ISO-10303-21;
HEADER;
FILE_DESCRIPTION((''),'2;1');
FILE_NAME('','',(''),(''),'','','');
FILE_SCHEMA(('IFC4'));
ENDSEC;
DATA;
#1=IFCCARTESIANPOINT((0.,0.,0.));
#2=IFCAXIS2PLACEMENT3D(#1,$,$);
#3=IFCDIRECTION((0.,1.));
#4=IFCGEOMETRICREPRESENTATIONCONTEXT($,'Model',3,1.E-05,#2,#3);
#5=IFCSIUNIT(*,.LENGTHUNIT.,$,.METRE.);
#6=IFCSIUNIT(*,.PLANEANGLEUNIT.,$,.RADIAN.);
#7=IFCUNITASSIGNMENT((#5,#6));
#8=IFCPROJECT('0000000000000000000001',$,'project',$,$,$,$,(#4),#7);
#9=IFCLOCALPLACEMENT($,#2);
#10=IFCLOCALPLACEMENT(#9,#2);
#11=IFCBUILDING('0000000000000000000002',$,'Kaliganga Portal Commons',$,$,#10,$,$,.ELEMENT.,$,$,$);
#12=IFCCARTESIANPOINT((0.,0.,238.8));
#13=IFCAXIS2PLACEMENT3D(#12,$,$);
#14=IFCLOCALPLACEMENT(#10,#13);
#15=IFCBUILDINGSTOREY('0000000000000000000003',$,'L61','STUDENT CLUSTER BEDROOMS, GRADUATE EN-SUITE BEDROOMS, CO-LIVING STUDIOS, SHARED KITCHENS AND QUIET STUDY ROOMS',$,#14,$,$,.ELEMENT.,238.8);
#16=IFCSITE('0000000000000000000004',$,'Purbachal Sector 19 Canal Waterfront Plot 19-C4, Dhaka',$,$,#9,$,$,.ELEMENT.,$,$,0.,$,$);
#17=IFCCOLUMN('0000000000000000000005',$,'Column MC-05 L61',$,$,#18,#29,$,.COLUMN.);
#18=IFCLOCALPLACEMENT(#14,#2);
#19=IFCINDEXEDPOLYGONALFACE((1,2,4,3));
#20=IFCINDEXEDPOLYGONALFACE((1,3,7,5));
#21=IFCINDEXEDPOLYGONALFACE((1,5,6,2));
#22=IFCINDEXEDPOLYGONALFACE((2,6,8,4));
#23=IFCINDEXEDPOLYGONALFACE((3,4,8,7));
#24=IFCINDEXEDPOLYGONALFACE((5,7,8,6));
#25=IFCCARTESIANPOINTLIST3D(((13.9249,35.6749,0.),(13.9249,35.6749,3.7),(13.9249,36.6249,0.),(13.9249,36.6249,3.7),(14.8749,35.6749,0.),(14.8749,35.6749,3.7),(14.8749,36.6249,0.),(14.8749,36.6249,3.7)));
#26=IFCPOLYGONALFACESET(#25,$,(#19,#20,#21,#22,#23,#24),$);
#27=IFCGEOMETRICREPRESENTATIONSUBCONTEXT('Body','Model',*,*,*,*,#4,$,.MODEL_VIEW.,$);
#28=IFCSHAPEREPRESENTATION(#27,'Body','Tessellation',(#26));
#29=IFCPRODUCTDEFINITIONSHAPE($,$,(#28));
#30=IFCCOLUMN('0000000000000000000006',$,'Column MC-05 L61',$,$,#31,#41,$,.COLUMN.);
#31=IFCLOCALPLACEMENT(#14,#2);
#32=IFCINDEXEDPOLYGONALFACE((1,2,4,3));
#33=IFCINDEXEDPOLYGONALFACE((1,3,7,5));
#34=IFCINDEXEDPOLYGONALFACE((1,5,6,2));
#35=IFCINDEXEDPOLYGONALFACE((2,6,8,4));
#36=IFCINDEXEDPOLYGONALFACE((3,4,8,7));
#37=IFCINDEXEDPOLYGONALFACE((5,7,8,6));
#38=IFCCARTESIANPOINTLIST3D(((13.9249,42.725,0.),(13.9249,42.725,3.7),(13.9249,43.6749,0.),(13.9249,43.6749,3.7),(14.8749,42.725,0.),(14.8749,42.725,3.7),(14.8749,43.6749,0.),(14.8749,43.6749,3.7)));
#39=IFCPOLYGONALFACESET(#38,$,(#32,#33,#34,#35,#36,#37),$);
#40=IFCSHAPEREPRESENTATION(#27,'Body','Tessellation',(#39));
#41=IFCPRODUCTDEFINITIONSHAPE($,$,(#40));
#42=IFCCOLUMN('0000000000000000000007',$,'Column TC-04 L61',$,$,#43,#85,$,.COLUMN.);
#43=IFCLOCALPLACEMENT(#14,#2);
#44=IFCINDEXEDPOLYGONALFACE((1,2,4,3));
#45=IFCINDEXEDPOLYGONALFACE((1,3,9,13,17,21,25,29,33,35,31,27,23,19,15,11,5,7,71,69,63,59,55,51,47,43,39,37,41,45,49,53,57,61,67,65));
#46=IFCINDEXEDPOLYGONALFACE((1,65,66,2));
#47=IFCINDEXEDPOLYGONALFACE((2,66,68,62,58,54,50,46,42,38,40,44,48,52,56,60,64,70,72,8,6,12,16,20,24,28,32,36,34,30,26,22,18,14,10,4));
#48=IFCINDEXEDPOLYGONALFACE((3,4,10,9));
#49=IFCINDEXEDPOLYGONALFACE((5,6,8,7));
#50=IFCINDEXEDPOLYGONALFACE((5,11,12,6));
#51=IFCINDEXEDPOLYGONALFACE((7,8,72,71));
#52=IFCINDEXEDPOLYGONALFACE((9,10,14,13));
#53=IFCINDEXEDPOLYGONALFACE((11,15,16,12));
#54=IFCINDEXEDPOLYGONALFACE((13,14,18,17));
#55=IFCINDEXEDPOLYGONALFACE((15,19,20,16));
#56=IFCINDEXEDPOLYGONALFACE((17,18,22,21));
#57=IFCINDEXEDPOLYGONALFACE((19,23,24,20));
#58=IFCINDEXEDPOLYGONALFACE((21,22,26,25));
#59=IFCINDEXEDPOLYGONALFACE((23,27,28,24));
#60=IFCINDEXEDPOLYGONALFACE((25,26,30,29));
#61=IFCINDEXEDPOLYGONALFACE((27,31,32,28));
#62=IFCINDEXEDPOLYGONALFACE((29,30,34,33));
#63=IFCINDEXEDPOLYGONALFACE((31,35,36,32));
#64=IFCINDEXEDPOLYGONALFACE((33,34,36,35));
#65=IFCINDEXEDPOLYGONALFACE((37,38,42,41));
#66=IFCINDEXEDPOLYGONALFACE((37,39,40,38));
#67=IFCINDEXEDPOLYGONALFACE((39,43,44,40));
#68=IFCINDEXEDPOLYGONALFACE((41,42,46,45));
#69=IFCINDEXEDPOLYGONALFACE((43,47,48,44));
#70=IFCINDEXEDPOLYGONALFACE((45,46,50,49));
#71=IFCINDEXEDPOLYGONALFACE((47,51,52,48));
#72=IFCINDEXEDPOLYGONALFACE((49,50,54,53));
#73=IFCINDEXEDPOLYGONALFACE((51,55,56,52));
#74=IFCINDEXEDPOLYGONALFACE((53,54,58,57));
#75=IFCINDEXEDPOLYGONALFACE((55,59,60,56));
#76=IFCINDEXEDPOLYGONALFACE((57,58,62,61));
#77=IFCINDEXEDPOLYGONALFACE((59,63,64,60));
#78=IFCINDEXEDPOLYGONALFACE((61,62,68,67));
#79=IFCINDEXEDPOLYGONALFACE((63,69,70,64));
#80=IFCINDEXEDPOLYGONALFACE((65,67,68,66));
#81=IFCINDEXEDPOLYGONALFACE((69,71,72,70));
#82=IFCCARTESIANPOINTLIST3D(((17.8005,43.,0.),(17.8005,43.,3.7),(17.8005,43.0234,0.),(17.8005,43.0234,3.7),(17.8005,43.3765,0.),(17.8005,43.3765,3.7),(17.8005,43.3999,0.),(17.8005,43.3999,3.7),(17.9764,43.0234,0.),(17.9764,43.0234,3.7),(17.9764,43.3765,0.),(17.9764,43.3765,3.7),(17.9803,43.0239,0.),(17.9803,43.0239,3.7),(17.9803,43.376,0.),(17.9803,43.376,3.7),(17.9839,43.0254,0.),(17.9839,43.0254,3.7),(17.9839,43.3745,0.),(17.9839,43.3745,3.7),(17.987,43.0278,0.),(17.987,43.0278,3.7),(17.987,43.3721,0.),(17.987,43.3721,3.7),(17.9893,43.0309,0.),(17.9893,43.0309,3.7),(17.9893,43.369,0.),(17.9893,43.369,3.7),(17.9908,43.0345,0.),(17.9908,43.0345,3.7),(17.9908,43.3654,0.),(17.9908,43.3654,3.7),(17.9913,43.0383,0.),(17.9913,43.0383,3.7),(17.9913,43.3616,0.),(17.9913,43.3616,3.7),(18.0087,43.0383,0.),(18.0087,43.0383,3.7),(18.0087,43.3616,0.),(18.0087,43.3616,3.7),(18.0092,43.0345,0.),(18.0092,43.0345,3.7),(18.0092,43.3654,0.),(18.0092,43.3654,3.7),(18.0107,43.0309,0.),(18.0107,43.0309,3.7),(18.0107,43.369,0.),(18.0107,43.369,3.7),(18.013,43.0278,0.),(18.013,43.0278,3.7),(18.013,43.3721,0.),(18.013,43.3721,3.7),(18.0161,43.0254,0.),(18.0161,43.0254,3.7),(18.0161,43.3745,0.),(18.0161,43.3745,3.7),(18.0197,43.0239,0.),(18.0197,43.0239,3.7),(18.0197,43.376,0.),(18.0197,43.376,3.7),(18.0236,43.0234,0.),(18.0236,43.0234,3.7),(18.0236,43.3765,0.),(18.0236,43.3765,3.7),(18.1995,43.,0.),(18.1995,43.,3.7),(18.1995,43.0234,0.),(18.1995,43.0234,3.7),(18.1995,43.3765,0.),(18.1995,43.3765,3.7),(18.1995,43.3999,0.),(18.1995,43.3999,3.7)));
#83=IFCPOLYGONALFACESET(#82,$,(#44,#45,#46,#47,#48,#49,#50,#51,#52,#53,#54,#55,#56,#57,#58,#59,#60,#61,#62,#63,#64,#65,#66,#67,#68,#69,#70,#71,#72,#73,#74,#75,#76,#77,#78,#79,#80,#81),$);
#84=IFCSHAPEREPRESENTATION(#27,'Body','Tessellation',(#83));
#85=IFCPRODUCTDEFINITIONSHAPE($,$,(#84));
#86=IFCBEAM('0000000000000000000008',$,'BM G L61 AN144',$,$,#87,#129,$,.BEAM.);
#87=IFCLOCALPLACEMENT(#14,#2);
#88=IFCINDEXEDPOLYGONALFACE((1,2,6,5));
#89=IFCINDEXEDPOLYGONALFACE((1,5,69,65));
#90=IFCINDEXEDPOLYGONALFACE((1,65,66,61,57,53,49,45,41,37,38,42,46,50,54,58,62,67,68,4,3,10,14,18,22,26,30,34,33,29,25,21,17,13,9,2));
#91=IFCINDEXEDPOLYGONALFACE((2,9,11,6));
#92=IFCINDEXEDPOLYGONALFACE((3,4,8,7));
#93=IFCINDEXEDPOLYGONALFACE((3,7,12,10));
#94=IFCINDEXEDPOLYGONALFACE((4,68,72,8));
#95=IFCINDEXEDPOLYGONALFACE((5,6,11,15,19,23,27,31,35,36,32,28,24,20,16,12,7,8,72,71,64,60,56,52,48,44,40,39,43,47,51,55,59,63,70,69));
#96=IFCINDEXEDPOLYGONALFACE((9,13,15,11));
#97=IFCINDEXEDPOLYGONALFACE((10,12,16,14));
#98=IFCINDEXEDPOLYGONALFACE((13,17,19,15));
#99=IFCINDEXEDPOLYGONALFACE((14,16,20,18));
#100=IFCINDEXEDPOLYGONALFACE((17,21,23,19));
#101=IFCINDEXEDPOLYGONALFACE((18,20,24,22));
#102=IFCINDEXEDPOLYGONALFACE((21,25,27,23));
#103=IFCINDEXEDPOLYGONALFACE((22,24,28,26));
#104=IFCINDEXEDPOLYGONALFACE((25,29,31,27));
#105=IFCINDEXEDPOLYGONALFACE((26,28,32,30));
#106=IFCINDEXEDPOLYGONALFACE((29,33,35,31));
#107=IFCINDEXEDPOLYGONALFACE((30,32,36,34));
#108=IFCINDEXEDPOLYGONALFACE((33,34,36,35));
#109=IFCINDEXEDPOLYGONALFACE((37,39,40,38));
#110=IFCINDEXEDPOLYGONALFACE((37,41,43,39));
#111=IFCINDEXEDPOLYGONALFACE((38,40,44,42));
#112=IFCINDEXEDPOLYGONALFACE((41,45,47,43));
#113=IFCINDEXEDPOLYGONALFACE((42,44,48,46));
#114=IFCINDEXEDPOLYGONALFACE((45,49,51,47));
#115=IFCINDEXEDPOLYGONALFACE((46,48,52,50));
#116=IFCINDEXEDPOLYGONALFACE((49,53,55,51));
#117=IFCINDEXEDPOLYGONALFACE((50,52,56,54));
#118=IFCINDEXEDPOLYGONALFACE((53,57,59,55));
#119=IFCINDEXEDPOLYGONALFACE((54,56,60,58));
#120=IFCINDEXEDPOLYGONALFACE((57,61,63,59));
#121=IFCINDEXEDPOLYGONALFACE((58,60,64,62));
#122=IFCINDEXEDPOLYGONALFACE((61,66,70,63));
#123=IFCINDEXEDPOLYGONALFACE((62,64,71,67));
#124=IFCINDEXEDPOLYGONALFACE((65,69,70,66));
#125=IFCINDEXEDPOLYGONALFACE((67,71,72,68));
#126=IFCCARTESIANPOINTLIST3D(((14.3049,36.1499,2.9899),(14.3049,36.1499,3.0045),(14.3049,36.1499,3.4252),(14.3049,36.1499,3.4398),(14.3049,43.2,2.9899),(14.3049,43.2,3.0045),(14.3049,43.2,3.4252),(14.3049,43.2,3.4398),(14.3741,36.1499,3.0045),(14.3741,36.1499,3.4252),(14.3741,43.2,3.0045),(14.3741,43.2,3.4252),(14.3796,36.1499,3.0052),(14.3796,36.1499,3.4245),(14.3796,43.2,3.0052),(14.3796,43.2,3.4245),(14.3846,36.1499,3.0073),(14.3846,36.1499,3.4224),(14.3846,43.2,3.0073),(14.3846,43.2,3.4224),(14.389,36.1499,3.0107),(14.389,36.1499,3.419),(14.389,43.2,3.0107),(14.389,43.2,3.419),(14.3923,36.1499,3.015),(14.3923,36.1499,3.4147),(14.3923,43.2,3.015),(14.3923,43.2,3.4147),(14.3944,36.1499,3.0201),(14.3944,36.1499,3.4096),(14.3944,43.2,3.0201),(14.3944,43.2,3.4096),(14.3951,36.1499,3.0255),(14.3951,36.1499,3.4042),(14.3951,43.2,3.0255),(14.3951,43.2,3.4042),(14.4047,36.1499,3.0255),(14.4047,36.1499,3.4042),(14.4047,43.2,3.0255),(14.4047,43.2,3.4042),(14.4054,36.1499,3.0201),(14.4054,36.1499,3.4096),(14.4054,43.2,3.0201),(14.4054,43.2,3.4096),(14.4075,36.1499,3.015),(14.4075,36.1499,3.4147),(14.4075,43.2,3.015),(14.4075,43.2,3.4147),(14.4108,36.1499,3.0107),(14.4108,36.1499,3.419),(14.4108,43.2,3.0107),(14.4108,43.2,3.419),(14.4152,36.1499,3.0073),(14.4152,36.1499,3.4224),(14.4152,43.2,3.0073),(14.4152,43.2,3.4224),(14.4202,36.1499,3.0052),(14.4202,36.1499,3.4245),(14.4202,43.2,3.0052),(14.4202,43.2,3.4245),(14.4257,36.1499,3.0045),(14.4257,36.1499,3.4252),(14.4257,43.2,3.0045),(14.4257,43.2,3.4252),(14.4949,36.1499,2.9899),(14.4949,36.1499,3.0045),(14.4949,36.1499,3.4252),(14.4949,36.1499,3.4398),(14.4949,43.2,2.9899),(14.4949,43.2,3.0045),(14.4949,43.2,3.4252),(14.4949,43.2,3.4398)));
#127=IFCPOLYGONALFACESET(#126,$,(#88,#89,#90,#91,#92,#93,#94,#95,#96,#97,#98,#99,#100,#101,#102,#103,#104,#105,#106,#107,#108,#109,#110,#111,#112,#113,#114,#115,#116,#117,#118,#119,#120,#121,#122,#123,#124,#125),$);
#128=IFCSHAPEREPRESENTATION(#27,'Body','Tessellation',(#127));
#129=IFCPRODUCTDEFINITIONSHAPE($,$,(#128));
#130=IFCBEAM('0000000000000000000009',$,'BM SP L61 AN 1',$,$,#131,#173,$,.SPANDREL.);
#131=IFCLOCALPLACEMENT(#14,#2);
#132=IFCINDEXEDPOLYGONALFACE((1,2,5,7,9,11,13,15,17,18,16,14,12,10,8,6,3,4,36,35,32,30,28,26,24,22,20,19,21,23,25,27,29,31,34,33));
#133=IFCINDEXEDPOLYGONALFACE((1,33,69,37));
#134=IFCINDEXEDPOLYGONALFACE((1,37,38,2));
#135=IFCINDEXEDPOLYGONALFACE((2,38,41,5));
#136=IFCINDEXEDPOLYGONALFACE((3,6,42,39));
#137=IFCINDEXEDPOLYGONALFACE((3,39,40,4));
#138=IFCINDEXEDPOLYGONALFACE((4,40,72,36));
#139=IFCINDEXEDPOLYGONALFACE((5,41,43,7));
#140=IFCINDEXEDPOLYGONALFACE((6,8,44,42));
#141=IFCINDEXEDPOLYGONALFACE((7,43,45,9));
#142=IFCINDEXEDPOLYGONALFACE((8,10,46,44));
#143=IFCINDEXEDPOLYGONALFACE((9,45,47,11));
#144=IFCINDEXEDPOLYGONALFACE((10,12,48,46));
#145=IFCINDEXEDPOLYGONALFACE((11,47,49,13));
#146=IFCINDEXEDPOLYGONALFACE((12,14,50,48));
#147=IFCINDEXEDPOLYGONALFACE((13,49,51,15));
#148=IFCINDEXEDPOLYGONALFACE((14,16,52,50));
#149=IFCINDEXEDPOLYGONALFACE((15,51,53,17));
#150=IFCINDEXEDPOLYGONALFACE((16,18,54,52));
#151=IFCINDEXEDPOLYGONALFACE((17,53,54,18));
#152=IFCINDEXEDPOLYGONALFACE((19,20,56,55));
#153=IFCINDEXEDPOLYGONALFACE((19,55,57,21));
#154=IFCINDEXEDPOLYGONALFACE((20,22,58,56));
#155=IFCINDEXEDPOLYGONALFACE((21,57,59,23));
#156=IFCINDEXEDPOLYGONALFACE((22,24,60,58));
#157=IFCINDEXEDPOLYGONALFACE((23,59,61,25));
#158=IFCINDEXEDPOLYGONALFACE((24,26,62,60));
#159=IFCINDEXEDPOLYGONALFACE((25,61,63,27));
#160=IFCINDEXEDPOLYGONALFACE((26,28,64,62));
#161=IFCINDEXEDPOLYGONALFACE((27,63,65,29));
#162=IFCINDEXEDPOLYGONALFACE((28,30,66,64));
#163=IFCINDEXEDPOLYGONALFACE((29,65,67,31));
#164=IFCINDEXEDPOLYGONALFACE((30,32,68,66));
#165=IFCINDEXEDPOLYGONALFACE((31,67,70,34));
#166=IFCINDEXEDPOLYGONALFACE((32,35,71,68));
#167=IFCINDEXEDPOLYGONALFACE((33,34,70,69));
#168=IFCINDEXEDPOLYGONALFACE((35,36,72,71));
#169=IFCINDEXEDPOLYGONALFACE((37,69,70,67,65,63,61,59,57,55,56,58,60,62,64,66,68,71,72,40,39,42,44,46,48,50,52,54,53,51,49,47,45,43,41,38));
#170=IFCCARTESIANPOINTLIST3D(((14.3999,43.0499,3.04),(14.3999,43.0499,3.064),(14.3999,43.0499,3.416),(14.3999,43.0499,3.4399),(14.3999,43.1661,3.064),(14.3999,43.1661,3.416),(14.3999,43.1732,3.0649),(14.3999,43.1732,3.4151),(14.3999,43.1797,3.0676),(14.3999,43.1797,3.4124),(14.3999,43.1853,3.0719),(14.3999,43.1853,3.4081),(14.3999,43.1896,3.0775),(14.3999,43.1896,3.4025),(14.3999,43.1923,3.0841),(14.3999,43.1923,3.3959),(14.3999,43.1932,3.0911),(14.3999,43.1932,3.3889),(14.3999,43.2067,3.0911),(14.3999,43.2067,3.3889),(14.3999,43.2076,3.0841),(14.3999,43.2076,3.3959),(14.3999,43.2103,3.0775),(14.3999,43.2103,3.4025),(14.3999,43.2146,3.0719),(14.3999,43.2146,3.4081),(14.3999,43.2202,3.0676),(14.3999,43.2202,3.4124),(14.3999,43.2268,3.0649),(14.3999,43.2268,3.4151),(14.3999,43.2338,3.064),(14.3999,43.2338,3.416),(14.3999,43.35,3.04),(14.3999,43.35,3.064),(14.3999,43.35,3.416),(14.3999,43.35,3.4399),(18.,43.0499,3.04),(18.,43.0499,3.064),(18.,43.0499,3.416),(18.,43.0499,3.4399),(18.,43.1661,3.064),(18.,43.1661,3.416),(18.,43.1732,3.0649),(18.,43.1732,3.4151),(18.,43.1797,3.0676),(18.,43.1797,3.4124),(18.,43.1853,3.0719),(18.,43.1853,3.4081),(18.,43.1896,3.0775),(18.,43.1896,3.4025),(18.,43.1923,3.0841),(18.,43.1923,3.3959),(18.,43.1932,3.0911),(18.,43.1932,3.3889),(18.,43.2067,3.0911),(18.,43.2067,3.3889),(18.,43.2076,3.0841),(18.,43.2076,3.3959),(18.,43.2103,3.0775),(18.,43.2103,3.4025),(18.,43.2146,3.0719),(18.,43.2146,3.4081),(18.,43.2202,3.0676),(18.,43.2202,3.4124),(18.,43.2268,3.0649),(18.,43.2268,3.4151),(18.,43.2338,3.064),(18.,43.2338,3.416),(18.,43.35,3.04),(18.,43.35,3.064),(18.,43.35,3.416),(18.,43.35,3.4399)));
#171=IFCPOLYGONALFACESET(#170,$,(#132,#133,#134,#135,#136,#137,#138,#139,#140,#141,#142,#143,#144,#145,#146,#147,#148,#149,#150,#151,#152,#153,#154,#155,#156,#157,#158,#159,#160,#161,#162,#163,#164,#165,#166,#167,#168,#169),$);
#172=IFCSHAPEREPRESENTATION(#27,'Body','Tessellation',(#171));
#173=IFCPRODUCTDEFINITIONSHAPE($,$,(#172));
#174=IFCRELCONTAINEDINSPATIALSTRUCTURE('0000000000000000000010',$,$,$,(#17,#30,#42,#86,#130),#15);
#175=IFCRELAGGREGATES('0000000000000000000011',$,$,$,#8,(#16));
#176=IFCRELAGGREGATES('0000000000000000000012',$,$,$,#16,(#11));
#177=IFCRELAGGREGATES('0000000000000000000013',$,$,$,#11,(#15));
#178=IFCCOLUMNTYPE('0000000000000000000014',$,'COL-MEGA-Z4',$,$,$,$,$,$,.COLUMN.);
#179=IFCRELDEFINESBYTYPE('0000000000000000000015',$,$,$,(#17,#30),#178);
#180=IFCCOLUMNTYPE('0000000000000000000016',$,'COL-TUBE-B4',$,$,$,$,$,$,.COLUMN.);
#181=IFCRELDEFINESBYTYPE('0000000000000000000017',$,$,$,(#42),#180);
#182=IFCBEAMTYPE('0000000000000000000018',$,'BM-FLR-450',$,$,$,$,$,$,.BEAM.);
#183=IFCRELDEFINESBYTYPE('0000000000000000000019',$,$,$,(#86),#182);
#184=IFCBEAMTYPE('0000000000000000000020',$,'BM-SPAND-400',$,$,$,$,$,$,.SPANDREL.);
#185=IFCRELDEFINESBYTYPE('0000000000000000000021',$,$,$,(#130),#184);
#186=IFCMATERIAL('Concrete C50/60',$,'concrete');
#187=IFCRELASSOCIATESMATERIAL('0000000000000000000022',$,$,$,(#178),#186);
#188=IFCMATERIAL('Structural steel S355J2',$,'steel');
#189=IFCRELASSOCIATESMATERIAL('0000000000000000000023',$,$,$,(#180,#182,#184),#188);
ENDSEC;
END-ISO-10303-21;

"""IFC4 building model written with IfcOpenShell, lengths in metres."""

from ifc_helpers import new_model, si_unit, direction, frame, origin, origin_2d, place, context, subcontext, project, spatial, rectangle, i_section, extrude, source, transform, mapped, material, material_profile, profile_set, type_object, element, save


model = new_model("IFC4")

# Units and contexts
model_context = context("Model", 3, precision=1e-05, world=origin(), true_north=direction((0.0, 1.0)))
body_context = subcontext(model_context, "Body", "Model", "MODEL_VIEW")
ifc_project = project(units=[si_unit("LENGTHUNIT", "METRE"), si_unit("PLANEANGLEUNIT", "RADIAN")], contexts=[model_context])

# Site, building, storey
site_placement = place(None, origin())
site = spatial("IfcSite", under=ifc_project, at=site_placement, Name="Purbachal Sector 19 Canal Waterfront Plot 19-C4, Dhaka", CompositionType="ELEMENT", RefElevation=0.0)
building_placement = place(site_placement, origin())
building = spatial("IfcBuilding", under=site, at=building_placement, Name="Kaliganga Portal Commons", CompositionType="ELEMENT")
storey_placement = place(building_placement, frame((0.0, 0.0, 238.8)))
storey = spatial("IfcBuildingStorey", under=building, at=storey_placement, Name="L61", Description="STUDENT CLUSTER BEDROOMS, GRADUATE EN-SUITE BEDROOMS, CO-LIVING STUDIOS, SHARED KITCHENS AND QUIET STUDY ROOMS", CompositionType="ELEMENT", Elevation=238.8)

# Columns
ifc_material_1 = material(Name="Concrete C50/60", Category="concrete")
ifc_material_profile_1 = material_profile(ifc_material_1, rectangle(XDim=0.95, YDim=0.95, at=origin_2d()), Name="RC 950x950")
ifc_profile_set_1 = profile_set([ifc_material_profile_1], Name="Concrete C50/60")
column_type_1 = type_object("IfcColumnType", Name="COL-MEGA-Z4", PredefinedType="COLUMN", material=ifc_profile_set_1)
shared_shape_1 = source(origin(), body_context, "Body", "SweptSolid", [
    extrude(rectangle(XDim=0.95, YDim=0.95, at=origin_2d()), origin(), (0.0, 0.0, 1.0), 3.7),
])
for number, where, z_axis, x_axis, name in (
    (1, (14.3999, 36.1499, 0.0), (0.0, 0.0, 1.0), (1.0, 0.0, 0.0), "Column MC-05 L61"),
    (2, (14.3999, 43.2, 0.0), (0.0, 0.0, 1.0), (1.0, 0.0, 0.0), "Column MC-05 L61"),
):
    element("IfcColumn", number, at=place(storey_placement, frame(where, z_axis=z_axis, x_axis=x_axis)), inside=storey, type_object=column_type_1, Name=name, PredefinedType="COLUMN", context=body_context, shape_type="MappedRepresentation", body=[
        mapped(shared_shape_1, transform((0.0, 0.0, 0.0), x_axis=(1.0, 0.0, 0.0), y_axis=(0.0, 1.0, 0.0), z_axis=(0.0, 0.0, 1.0), scale=1.0)),
    ])
ifc_material_2 = material(Name="Structural steel S355J2", Category="steel")
ifc_material_profile_2 = material_profile(ifc_material_2, i_section(OverallWidth=0.3989, OverallDepth=0.3999, WebThickness=0.0173, FlangeThickness=0.0234, FilletRadius=0.0149, at=origin_2d()), Name="HD 400x287")
ifc_profile_set_2 = profile_set([ifc_material_profile_2], Name="Structural steel S355J2 wide-flange")
column_type_2 = type_object("IfcColumnType", Name="COL-TUBE-B4", PredefinedType="COLUMN", material=ifc_profile_set_2)
shared_shape_2 = source(origin(), body_context, "Body", "SweptSolid", [
    extrude(i_section(OverallWidth=0.3989, OverallDepth=0.3999, WebThickness=0.0173, FlangeThickness=0.0234, FilletRadius=0.0149, at=origin_2d()), origin(), (0.0, 0.0, 1.0), 3.7),
])
column_placement = place(storey_placement, frame((18.0, 43.2, 0.0), z_axis=(0.0, 0.0, 1.0), x_axis=(1.0, 0.0, 0.0)))
element("IfcColumn", 3, at=column_placement, inside=storey, type_object=column_type_2, Name="Column TC-04 L61", PredefinedType="COLUMN", context=body_context, shape_type="MappedRepresentation", body=[
    mapped(shared_shape_2, transform((0.0, 0.0, 0.0), x_axis=(1.0, 0.0, 0.0), y_axis=(0.0, 1.0, 0.0), z_axis=(0.0, 0.0, 1.0), scale=1.0)),
])

# Beams
ifc_material_profile_3 = material_profile(ifc_material_2, i_section(OverallWidth=0.1899, OverallDepth=0.45, WebThickness=0.0095, FlangeThickness=0.0146, FilletRadius=0.021, at=origin_2d()), Name="IPE 450")
ifc_profile_set_3 = profile_set([ifc_material_profile_3], Name="Structural steel S355J2 wide-flange")
beam_type_1 = type_object("IfcBeamType", Name="BM-FLR-450", PredefinedType="BEAM", material=ifc_profile_set_3)
shared_shape_3 = source(origin(), body_context, "Body", "SweptSolid", [
    extrude(i_section(OverallWidth=0.1899, OverallDepth=0.45, WebThickness=0.0095, FlangeThickness=0.0146, FilletRadius=0.021, at=origin_2d()), origin(), (0.0, 0.0, 1.0), 7.05),
])
beam_1_placement = place(storey_placement, frame((14.3999, 36.1499, 3.2148), z_axis=(0.0, 1.0, 0.0), x_axis=(-1.0, 0.0, 0.0)))
element("IfcBeam", 4, at=beam_1_placement, inside=storey, type_object=beam_type_1, Name="BM G L61 AN144", PredefinedType="BEAM", context=body_context, shape_type="MappedRepresentation", body=[
    mapped(shared_shape_3, transform((0.0, 0.0, 0.0), x_axis=(1.0, 0.0, 0.0), y_axis=(0.0, 1.0, 0.0), z_axis=(0.0, 0.0, 1.0), scale=1.0)),
])
ifc_material_profile_4 = material_profile(ifc_material_2, i_section(OverallWidth=0.3, OverallDepth=0.3999, WebThickness=0.0134, FlangeThickness=0.0239, FilletRadius=0.0271, at=origin_2d()), Name="HE 400 B")
ifc_profile_set_4 = profile_set([ifc_material_profile_4], Name="Structural steel S355J2 wide-flange")
beam_type_2 = type_object("IfcBeamType", Name="BM-SPAND-400", PredefinedType="SPANDREL", material=ifc_profile_set_4)
shared_shape_4 = source(origin(), body_context, "Body", "SweptSolid", [
    extrude(i_section(OverallWidth=0.3, OverallDepth=0.3999, WebThickness=0.0134, FlangeThickness=0.0239, FilletRadius=0.0271, at=origin_2d()), origin(), (0.0, 0.0, 1.0), 3.6001),
])
for number, where, z_axis, x_axis, name in (
    (5, (14.3999, 43.2, 3.24), (1.0, 0.0, 0.0), (0.0, 1.0, 0.0), "BM SP L61 AN 1"),
):
    element("IfcBeam", number, at=place(storey_placement, frame(where, z_axis=z_axis, x_axis=x_axis)), inside=storey, type_object=beam_type_2, Name=name, PredefinedType="SPANDREL", context=body_context, shape_type="MappedRepresentation", body=[
        mapped(shared_shape_4, transform((0.0, 0.0, 0.0), x_axis=(1.0, 0.0, 0.0), y_axis=(0.0, 1.0, 0.0), z_axis=(0.0, 0.0, 1.0), scale=1.0)),
    ])

save(model, "model.ifc")
